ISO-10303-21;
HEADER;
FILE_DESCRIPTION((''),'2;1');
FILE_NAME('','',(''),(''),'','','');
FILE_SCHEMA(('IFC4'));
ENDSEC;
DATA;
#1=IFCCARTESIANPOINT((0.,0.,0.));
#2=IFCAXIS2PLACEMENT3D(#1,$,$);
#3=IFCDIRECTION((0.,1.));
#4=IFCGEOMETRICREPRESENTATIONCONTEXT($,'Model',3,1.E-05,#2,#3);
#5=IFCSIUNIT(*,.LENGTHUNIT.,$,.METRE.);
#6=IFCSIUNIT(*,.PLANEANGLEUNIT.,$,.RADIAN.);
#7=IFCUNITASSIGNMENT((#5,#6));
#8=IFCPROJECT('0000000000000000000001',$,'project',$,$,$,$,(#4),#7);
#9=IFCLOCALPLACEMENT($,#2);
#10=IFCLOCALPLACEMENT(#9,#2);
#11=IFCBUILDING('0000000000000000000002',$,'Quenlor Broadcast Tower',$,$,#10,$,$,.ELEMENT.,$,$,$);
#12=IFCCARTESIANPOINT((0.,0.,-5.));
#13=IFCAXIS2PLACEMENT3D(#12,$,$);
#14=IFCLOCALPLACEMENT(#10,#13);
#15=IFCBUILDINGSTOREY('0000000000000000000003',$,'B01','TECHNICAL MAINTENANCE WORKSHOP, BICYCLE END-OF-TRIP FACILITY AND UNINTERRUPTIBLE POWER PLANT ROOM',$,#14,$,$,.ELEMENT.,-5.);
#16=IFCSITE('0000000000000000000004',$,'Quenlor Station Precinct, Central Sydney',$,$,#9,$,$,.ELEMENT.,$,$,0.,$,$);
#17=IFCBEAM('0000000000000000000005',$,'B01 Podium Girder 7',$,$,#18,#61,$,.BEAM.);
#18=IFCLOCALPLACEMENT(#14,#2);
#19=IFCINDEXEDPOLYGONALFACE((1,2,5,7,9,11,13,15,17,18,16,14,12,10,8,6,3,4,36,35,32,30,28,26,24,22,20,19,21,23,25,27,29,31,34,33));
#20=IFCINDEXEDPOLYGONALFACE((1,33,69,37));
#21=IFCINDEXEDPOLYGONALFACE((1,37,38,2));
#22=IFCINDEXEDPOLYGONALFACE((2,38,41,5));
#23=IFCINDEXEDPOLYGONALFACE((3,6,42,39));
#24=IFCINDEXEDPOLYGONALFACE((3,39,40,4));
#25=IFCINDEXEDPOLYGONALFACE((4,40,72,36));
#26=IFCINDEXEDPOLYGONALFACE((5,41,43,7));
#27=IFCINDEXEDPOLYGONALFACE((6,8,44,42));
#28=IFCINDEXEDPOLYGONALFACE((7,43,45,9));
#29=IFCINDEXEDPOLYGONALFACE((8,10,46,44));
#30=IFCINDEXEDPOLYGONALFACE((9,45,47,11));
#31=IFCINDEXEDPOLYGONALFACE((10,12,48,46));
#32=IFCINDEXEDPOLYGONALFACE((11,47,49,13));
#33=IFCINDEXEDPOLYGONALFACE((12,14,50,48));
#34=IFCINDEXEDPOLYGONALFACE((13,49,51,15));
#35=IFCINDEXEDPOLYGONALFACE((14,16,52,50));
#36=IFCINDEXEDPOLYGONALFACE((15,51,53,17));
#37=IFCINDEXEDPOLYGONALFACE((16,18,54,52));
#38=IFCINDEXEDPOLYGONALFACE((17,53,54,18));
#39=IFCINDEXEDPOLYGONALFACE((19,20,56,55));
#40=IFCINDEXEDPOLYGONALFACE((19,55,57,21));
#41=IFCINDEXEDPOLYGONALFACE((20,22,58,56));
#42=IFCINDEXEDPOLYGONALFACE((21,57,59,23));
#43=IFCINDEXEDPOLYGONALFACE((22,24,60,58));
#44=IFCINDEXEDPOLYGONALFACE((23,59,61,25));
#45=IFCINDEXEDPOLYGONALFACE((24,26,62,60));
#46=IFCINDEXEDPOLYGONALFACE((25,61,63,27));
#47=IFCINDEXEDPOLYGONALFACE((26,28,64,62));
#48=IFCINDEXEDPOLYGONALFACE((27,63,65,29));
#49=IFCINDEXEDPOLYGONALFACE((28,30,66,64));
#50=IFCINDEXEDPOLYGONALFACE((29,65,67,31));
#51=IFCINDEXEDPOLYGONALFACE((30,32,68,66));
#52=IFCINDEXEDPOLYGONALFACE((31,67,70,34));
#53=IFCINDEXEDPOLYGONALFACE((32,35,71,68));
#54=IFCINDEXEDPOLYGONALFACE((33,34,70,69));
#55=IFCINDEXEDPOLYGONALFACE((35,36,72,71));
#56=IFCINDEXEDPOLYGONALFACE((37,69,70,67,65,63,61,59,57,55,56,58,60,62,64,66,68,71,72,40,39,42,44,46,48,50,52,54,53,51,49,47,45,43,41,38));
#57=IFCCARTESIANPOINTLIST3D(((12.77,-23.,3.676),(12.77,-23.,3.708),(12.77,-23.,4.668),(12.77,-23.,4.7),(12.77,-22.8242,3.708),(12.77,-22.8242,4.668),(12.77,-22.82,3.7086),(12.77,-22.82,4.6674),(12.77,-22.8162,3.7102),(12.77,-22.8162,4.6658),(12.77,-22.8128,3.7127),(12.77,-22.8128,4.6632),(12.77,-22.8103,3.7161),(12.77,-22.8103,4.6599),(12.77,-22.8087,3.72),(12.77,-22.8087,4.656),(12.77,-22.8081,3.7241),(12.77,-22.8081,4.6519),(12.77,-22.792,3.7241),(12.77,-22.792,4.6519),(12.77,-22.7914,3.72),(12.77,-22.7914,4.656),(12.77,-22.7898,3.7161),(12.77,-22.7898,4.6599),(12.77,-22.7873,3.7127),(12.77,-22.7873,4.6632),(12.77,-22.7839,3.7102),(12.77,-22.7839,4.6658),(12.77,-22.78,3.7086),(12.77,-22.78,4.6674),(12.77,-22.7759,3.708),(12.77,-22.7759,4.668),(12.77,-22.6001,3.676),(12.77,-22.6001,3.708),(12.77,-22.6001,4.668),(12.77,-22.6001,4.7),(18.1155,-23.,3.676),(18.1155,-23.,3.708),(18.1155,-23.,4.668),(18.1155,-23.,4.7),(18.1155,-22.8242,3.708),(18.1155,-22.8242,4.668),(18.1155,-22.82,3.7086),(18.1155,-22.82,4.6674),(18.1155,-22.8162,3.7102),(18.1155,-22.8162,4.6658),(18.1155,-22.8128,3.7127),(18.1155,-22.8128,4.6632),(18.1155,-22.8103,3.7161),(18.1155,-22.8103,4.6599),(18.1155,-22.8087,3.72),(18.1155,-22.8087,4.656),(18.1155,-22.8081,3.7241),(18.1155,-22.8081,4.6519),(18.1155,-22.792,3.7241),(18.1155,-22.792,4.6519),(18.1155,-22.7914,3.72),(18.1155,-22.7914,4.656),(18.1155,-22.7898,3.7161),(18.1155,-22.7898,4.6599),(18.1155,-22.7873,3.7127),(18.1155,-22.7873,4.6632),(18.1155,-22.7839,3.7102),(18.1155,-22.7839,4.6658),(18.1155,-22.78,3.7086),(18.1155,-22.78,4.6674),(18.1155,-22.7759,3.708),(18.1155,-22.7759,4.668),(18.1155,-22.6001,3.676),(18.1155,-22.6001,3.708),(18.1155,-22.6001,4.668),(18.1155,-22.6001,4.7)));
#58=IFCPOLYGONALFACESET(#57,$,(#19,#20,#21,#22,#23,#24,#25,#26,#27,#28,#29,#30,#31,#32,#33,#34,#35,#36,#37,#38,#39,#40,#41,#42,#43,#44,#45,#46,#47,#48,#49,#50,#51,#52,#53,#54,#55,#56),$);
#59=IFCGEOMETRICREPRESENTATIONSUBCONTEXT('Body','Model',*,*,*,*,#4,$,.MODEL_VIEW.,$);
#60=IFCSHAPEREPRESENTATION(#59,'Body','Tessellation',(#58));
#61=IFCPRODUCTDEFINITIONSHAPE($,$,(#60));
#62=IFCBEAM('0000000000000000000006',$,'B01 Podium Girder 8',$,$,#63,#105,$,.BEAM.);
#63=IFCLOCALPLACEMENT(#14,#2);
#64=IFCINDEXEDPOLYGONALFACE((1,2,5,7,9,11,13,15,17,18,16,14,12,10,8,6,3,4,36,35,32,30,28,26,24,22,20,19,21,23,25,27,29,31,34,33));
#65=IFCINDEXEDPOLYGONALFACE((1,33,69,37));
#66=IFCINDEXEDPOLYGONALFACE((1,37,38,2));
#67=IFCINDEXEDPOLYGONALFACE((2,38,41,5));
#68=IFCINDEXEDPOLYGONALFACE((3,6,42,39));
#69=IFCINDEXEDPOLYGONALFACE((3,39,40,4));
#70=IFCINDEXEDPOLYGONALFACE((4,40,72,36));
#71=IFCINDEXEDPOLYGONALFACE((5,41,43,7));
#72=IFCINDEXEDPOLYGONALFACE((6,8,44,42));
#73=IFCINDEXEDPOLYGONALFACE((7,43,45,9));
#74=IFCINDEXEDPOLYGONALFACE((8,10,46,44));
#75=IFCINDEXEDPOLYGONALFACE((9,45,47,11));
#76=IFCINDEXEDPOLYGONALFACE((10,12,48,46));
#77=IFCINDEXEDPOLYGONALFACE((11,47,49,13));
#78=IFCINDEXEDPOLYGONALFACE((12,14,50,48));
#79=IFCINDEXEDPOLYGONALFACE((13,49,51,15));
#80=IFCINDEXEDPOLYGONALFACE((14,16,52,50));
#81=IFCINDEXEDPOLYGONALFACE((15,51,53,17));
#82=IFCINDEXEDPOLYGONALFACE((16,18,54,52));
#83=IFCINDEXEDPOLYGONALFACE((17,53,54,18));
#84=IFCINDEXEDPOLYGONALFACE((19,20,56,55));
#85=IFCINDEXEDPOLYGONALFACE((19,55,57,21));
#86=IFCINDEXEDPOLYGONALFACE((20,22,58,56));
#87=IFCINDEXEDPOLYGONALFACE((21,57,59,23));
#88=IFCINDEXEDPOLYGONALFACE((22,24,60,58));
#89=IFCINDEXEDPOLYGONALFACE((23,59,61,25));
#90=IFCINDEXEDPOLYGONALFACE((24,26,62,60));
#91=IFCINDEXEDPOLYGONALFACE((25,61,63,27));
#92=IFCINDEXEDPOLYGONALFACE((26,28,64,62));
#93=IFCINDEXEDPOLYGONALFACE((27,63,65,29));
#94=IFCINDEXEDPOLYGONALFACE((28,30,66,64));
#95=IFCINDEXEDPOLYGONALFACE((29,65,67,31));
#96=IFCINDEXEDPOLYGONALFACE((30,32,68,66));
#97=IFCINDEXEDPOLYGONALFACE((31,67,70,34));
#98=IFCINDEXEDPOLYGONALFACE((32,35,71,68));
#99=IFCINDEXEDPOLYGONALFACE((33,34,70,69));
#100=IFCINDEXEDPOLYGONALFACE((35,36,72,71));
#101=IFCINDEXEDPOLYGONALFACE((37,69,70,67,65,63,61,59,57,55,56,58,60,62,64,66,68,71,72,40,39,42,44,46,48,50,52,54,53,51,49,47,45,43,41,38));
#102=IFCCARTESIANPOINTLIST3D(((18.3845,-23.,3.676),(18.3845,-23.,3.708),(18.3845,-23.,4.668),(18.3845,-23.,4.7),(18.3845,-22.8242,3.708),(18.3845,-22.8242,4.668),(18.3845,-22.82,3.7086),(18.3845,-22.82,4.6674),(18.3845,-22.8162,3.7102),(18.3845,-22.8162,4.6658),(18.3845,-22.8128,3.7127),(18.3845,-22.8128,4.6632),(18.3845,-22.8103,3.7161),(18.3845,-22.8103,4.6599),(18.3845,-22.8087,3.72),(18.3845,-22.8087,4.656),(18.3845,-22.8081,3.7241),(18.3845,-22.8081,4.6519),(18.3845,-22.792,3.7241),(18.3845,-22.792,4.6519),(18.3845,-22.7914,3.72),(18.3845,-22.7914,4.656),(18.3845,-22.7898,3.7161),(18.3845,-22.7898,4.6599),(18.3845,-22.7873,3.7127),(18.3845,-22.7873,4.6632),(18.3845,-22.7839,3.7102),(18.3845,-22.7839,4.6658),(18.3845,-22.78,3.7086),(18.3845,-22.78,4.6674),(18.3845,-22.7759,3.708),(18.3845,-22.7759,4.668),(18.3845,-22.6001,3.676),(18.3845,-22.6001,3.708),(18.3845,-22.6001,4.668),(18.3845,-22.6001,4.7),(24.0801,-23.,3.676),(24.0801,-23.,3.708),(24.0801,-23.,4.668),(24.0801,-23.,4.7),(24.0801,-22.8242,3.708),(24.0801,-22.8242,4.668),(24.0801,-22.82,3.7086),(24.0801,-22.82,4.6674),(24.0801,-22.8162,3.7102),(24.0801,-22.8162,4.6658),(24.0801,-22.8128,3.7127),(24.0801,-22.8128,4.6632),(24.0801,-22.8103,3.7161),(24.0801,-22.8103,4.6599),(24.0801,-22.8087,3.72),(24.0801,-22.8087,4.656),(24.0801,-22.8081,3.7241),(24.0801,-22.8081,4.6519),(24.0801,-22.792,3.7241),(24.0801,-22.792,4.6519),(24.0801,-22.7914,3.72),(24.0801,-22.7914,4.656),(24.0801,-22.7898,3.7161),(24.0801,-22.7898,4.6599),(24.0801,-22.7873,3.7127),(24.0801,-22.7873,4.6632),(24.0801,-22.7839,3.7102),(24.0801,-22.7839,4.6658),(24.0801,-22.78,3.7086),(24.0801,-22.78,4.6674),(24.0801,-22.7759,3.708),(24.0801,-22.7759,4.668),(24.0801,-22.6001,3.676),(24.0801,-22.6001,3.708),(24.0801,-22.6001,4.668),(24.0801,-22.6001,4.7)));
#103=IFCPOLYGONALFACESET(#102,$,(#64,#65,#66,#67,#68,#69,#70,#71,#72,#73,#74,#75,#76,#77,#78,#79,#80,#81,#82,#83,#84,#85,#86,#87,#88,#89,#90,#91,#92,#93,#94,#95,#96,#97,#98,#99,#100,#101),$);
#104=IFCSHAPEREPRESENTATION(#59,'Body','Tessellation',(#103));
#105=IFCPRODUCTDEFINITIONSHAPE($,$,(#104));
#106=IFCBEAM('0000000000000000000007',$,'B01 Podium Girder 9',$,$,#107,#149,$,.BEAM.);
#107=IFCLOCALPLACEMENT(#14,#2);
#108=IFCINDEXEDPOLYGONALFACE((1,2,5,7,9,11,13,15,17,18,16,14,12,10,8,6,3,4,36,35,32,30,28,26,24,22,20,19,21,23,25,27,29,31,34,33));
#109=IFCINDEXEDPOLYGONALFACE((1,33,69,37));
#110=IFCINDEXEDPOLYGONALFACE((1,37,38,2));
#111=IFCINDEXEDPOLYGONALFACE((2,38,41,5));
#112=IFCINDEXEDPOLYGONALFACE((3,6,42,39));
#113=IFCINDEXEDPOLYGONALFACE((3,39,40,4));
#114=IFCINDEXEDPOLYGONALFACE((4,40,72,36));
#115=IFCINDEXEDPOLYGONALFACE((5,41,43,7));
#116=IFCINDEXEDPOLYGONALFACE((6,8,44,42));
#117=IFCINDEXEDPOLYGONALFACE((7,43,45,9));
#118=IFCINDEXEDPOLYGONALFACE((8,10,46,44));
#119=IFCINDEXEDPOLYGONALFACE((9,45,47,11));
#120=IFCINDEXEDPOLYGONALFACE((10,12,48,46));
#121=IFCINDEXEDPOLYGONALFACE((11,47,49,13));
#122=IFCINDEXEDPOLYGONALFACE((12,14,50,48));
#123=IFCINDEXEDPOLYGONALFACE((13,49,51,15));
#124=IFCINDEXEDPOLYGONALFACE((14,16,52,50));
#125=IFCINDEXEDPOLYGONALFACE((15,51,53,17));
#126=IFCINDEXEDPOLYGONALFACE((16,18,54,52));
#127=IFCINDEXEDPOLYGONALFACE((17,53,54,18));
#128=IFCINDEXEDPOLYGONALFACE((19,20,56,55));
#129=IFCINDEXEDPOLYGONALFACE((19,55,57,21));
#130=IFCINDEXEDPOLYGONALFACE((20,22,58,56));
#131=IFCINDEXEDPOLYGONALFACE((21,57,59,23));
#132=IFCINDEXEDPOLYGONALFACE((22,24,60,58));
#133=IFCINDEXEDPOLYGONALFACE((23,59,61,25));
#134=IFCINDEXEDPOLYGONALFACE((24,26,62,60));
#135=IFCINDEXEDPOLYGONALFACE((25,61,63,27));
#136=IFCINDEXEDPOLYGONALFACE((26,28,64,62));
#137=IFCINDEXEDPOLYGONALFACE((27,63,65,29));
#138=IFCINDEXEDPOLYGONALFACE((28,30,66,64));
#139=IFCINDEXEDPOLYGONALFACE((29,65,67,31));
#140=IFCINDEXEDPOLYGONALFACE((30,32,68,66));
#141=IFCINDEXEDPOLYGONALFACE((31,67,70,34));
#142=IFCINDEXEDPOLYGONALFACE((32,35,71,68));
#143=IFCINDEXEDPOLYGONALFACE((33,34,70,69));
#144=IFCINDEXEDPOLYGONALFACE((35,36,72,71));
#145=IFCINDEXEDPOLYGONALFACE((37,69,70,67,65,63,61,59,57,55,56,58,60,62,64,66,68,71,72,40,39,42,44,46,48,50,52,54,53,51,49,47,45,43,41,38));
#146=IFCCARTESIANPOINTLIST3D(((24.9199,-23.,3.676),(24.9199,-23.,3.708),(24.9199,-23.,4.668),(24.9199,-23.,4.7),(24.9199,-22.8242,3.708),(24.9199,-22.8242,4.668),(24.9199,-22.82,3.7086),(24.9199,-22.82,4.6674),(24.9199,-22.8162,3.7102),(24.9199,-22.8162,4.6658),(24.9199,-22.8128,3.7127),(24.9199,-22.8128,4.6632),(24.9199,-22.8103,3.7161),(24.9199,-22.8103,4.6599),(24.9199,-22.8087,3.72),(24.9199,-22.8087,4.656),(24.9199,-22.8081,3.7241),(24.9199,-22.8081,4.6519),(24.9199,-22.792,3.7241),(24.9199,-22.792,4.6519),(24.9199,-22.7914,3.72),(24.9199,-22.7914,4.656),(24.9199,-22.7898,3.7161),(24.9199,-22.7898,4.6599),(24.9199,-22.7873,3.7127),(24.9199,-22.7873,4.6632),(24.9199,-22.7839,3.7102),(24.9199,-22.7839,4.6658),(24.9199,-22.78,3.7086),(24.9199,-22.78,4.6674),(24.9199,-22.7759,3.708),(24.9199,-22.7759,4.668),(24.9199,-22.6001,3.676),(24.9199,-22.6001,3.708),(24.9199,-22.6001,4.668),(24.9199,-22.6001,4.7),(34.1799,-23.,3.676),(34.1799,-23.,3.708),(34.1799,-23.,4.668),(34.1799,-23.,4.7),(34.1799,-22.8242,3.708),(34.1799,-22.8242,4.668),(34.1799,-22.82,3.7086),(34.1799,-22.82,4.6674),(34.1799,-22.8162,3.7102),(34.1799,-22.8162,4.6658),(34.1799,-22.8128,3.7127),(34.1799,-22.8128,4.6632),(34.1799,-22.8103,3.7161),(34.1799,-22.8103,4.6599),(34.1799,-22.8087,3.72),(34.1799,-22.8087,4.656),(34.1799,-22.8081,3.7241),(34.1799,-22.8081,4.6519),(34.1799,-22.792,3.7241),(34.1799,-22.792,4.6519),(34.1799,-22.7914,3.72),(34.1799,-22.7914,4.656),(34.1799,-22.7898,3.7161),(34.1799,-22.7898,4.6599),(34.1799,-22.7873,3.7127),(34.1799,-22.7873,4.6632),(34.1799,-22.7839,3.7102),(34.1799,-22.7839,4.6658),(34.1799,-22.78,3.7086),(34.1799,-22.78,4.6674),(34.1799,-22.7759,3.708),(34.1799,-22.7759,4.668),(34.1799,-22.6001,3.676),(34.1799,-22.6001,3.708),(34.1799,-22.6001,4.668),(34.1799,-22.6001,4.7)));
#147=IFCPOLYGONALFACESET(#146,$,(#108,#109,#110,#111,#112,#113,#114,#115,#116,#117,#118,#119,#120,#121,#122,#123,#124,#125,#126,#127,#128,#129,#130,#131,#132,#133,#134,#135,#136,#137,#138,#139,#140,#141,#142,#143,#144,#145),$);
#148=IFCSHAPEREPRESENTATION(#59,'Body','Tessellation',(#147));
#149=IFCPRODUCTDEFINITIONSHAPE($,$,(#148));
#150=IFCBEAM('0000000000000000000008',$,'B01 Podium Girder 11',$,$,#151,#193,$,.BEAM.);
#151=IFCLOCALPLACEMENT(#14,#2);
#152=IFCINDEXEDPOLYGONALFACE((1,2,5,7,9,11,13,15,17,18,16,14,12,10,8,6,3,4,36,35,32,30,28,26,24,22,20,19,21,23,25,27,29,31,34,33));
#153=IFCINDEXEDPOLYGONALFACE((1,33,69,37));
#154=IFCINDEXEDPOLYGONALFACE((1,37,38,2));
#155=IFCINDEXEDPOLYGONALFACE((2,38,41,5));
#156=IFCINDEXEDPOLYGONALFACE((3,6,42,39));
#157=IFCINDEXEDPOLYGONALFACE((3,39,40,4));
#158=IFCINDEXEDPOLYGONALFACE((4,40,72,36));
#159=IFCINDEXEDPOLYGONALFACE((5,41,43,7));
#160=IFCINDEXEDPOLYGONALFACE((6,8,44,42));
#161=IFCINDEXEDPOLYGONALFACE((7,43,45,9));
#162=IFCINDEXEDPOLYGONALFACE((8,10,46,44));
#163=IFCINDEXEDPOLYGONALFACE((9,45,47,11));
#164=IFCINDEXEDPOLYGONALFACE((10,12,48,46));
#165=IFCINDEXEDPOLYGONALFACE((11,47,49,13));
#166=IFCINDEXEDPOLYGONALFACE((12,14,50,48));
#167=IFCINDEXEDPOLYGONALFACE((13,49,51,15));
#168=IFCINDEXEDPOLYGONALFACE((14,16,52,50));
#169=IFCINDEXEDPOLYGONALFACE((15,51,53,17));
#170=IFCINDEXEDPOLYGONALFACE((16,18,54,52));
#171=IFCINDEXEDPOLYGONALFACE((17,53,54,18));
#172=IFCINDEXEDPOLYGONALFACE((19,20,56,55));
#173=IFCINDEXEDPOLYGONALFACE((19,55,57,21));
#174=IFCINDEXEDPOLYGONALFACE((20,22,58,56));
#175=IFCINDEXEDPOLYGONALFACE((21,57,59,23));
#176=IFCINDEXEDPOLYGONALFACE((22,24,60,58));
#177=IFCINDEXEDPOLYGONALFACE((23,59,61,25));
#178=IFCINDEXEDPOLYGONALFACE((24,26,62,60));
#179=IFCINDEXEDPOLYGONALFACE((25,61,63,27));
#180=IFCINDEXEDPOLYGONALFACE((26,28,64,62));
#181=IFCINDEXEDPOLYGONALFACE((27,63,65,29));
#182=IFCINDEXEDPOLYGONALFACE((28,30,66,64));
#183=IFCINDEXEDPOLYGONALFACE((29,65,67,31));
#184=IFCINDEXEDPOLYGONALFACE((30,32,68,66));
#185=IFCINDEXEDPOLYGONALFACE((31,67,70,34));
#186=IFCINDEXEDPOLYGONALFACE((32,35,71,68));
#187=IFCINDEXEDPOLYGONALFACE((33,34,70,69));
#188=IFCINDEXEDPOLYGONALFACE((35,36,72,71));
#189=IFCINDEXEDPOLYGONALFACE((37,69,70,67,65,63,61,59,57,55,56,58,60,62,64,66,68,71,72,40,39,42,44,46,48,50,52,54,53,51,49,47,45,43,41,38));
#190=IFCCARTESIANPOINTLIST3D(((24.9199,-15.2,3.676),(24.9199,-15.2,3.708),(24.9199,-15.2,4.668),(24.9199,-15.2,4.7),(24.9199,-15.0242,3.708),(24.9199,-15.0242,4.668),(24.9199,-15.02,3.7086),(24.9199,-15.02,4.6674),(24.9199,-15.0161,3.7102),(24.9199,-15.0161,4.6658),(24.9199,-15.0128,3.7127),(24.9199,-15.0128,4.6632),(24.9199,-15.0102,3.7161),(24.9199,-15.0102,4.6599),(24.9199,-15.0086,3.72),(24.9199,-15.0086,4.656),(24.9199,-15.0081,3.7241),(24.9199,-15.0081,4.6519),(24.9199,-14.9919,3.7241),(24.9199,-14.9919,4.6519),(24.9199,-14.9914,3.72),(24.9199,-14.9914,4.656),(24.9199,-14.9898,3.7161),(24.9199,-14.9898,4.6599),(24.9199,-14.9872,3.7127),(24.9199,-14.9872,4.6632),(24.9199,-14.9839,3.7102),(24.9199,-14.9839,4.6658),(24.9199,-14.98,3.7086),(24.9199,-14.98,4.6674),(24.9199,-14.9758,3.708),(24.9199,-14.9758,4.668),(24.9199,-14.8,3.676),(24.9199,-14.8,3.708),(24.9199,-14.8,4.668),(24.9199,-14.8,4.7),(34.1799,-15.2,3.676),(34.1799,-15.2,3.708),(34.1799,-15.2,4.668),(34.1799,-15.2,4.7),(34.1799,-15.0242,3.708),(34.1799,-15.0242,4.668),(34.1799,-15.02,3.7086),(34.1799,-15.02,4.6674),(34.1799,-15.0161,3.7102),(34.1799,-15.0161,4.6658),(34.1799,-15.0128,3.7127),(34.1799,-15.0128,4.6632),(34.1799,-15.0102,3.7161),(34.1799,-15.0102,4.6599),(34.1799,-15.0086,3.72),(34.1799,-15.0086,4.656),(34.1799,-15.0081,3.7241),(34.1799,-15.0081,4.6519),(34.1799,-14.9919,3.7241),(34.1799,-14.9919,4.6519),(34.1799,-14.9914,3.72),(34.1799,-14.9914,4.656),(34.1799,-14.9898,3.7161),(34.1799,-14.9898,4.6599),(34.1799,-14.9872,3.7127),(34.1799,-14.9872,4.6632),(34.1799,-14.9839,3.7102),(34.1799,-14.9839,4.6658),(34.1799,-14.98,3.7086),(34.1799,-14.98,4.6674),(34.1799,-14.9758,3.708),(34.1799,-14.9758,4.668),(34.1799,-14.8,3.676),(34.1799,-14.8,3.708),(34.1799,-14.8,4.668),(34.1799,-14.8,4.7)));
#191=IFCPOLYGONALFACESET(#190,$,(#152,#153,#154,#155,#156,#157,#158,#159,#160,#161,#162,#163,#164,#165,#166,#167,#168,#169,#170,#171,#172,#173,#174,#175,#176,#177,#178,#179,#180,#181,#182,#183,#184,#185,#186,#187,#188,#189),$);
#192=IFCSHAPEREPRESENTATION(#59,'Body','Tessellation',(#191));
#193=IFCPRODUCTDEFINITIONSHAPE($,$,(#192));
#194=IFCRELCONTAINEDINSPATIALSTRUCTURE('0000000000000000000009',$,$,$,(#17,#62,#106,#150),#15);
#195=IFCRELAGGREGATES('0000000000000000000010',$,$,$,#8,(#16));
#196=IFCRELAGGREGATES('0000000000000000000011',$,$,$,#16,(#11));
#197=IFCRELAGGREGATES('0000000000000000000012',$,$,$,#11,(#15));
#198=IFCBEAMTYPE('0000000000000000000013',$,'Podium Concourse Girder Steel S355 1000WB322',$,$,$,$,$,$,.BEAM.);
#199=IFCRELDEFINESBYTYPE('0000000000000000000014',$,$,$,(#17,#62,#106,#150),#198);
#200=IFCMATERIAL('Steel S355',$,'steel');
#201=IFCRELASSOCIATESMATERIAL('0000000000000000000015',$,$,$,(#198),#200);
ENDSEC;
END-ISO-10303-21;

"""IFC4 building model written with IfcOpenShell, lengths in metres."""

from ifc_helpers import new_model, si_unit, direction, frame, origin, origin_2d, place, context, subcontext, project, spatial, i_section, extrude, material, material_profile, profile_set, type_object, element, save


model = new_model("IFC4")

# Units and contexts
model_context = context("Model", 3, precision=1e-05, world=origin(), true_north=direction((0.0, 1.0)))
body_context = subcontext(model_context, "Body", "Model", "MODEL_VIEW")
ifc_project = project(units=[si_unit("LENGTHUNIT", "METRE"), si_unit("PLANEANGLEUNIT", "RADIAN")], contexts=[model_context])

# Site, building, storey
site_placement = place(None, origin())
site = spatial("IfcSite", under=ifc_project, at=site_placement, Name="Quenlor Station Precinct, Central Sydney", CompositionType="ELEMENT", RefElevation=0.0)
building_placement = place(site_placement, origin())
building = spatial("IfcBuilding", under=site, at=building_placement, Name="Quenlor Broadcast Tower", CompositionType="ELEMENT")
storey_placement = place(building_placement, frame((0.0, 0.0, -5.0)))
storey = spatial("IfcBuildingStorey", under=building, at=storey_placement, Name="B01", Description="TECHNICAL MAINTENANCE WORKSHOP, BICYCLE END-OF-TRIP FACILITY AND UNINTERRUPTIBLE POWER PLANT ROOM", CompositionType="ELEMENT", Elevation=-5.0)

# Beams
ifc_material_1 = material(Name="Steel S355", Category="steel")
ifc_material_profile_1 = material_profile(ifc_material_1, i_section(OverallWidth=0.3999, OverallDepth=1.0239, WebThickness=0.0161, FlangeThickness=0.032, FilletRadius=0.0161, at=origin_2d()))
ifc_profile_set_1 = profile_set([ifc_material_profile_1], Name="Steel S355 1000WB322")
beam_type_1 = type_object("IfcBeamType", Name="Podium Concourse Girder Steel S355 1000WB322", PredefinedType="BEAM", material=ifc_profile_set_1)
beam_1_placement = place(storey_placement, frame((12.77, -22.8, 4.188), z_axis=(1.0, 0.0, 0.0), x_axis=(0.0, 1.0, 0.0)))
element("IfcBeam", 1, at=beam_1_placement, inside=storey, type_object=beam_type_1, Name="B01 Podium Girder 7", PredefinedType="BEAM", context=body_context, shape_type="SweptSolid", body=[
    extrude(i_section(OverallWidth=0.3999, OverallDepth=1.0239, WebThickness=0.0161, FlangeThickness=0.032, FilletRadius=0.0161, at=origin_2d()), origin(), (0.0, 0.0, 1.0), 5.3455),
])
beam_2_placement = place(storey_placement, frame((18.3845, -22.8, 4.188), z_axis=(1.0, 0.0, 0.0), x_axis=(0.0, 1.0, 0.0)))
element("IfcBeam", 2, at=beam_2_placement, inside=storey, type_object=beam_type_1, Name="B01 Podium Girder 8", PredefinedType="BEAM", context=body_context, shape_type="SweptSolid", body=[
    extrude(i_section(OverallWidth=0.3999, OverallDepth=1.0239, WebThickness=0.0161, FlangeThickness=0.032, FilletRadius=0.0161, at=origin_2d()), origin(), (0.0, 0.0, 1.0), 5.6956),
])
for number, where, z_axis, x_axis, name in (
    (3, (24.9199, -22.8, 4.188), (1.0, 0.0, 0.0), (0.0, 1.0, 0.0), "B01 Podium Girder 9"),
    (4, (24.9199, -15.0, 4.188), (1.0, 0.0, 0.0), (0.0, 1.0, 0.0), "B01 Podium Girder 11"),
):
    element("IfcBeam", number, at=place(storey_placement, frame(where, z_axis=z_axis, x_axis=x_axis)), inside=storey, type_object=beam_type_1, Name=name, PredefinedType="BEAM", context=body_context, shape_type="SweptSolid", body=[
        extrude(i_section(OverallWidth=0.3999, OverallDepth=1.0239, WebThickness=0.0161, FlangeThickness=0.032, FilletRadius=0.0161, at=origin_2d()), origin(), (0.0, 0.0, 1.0), 9.26),
    ])

save(model, "model.ifc")
